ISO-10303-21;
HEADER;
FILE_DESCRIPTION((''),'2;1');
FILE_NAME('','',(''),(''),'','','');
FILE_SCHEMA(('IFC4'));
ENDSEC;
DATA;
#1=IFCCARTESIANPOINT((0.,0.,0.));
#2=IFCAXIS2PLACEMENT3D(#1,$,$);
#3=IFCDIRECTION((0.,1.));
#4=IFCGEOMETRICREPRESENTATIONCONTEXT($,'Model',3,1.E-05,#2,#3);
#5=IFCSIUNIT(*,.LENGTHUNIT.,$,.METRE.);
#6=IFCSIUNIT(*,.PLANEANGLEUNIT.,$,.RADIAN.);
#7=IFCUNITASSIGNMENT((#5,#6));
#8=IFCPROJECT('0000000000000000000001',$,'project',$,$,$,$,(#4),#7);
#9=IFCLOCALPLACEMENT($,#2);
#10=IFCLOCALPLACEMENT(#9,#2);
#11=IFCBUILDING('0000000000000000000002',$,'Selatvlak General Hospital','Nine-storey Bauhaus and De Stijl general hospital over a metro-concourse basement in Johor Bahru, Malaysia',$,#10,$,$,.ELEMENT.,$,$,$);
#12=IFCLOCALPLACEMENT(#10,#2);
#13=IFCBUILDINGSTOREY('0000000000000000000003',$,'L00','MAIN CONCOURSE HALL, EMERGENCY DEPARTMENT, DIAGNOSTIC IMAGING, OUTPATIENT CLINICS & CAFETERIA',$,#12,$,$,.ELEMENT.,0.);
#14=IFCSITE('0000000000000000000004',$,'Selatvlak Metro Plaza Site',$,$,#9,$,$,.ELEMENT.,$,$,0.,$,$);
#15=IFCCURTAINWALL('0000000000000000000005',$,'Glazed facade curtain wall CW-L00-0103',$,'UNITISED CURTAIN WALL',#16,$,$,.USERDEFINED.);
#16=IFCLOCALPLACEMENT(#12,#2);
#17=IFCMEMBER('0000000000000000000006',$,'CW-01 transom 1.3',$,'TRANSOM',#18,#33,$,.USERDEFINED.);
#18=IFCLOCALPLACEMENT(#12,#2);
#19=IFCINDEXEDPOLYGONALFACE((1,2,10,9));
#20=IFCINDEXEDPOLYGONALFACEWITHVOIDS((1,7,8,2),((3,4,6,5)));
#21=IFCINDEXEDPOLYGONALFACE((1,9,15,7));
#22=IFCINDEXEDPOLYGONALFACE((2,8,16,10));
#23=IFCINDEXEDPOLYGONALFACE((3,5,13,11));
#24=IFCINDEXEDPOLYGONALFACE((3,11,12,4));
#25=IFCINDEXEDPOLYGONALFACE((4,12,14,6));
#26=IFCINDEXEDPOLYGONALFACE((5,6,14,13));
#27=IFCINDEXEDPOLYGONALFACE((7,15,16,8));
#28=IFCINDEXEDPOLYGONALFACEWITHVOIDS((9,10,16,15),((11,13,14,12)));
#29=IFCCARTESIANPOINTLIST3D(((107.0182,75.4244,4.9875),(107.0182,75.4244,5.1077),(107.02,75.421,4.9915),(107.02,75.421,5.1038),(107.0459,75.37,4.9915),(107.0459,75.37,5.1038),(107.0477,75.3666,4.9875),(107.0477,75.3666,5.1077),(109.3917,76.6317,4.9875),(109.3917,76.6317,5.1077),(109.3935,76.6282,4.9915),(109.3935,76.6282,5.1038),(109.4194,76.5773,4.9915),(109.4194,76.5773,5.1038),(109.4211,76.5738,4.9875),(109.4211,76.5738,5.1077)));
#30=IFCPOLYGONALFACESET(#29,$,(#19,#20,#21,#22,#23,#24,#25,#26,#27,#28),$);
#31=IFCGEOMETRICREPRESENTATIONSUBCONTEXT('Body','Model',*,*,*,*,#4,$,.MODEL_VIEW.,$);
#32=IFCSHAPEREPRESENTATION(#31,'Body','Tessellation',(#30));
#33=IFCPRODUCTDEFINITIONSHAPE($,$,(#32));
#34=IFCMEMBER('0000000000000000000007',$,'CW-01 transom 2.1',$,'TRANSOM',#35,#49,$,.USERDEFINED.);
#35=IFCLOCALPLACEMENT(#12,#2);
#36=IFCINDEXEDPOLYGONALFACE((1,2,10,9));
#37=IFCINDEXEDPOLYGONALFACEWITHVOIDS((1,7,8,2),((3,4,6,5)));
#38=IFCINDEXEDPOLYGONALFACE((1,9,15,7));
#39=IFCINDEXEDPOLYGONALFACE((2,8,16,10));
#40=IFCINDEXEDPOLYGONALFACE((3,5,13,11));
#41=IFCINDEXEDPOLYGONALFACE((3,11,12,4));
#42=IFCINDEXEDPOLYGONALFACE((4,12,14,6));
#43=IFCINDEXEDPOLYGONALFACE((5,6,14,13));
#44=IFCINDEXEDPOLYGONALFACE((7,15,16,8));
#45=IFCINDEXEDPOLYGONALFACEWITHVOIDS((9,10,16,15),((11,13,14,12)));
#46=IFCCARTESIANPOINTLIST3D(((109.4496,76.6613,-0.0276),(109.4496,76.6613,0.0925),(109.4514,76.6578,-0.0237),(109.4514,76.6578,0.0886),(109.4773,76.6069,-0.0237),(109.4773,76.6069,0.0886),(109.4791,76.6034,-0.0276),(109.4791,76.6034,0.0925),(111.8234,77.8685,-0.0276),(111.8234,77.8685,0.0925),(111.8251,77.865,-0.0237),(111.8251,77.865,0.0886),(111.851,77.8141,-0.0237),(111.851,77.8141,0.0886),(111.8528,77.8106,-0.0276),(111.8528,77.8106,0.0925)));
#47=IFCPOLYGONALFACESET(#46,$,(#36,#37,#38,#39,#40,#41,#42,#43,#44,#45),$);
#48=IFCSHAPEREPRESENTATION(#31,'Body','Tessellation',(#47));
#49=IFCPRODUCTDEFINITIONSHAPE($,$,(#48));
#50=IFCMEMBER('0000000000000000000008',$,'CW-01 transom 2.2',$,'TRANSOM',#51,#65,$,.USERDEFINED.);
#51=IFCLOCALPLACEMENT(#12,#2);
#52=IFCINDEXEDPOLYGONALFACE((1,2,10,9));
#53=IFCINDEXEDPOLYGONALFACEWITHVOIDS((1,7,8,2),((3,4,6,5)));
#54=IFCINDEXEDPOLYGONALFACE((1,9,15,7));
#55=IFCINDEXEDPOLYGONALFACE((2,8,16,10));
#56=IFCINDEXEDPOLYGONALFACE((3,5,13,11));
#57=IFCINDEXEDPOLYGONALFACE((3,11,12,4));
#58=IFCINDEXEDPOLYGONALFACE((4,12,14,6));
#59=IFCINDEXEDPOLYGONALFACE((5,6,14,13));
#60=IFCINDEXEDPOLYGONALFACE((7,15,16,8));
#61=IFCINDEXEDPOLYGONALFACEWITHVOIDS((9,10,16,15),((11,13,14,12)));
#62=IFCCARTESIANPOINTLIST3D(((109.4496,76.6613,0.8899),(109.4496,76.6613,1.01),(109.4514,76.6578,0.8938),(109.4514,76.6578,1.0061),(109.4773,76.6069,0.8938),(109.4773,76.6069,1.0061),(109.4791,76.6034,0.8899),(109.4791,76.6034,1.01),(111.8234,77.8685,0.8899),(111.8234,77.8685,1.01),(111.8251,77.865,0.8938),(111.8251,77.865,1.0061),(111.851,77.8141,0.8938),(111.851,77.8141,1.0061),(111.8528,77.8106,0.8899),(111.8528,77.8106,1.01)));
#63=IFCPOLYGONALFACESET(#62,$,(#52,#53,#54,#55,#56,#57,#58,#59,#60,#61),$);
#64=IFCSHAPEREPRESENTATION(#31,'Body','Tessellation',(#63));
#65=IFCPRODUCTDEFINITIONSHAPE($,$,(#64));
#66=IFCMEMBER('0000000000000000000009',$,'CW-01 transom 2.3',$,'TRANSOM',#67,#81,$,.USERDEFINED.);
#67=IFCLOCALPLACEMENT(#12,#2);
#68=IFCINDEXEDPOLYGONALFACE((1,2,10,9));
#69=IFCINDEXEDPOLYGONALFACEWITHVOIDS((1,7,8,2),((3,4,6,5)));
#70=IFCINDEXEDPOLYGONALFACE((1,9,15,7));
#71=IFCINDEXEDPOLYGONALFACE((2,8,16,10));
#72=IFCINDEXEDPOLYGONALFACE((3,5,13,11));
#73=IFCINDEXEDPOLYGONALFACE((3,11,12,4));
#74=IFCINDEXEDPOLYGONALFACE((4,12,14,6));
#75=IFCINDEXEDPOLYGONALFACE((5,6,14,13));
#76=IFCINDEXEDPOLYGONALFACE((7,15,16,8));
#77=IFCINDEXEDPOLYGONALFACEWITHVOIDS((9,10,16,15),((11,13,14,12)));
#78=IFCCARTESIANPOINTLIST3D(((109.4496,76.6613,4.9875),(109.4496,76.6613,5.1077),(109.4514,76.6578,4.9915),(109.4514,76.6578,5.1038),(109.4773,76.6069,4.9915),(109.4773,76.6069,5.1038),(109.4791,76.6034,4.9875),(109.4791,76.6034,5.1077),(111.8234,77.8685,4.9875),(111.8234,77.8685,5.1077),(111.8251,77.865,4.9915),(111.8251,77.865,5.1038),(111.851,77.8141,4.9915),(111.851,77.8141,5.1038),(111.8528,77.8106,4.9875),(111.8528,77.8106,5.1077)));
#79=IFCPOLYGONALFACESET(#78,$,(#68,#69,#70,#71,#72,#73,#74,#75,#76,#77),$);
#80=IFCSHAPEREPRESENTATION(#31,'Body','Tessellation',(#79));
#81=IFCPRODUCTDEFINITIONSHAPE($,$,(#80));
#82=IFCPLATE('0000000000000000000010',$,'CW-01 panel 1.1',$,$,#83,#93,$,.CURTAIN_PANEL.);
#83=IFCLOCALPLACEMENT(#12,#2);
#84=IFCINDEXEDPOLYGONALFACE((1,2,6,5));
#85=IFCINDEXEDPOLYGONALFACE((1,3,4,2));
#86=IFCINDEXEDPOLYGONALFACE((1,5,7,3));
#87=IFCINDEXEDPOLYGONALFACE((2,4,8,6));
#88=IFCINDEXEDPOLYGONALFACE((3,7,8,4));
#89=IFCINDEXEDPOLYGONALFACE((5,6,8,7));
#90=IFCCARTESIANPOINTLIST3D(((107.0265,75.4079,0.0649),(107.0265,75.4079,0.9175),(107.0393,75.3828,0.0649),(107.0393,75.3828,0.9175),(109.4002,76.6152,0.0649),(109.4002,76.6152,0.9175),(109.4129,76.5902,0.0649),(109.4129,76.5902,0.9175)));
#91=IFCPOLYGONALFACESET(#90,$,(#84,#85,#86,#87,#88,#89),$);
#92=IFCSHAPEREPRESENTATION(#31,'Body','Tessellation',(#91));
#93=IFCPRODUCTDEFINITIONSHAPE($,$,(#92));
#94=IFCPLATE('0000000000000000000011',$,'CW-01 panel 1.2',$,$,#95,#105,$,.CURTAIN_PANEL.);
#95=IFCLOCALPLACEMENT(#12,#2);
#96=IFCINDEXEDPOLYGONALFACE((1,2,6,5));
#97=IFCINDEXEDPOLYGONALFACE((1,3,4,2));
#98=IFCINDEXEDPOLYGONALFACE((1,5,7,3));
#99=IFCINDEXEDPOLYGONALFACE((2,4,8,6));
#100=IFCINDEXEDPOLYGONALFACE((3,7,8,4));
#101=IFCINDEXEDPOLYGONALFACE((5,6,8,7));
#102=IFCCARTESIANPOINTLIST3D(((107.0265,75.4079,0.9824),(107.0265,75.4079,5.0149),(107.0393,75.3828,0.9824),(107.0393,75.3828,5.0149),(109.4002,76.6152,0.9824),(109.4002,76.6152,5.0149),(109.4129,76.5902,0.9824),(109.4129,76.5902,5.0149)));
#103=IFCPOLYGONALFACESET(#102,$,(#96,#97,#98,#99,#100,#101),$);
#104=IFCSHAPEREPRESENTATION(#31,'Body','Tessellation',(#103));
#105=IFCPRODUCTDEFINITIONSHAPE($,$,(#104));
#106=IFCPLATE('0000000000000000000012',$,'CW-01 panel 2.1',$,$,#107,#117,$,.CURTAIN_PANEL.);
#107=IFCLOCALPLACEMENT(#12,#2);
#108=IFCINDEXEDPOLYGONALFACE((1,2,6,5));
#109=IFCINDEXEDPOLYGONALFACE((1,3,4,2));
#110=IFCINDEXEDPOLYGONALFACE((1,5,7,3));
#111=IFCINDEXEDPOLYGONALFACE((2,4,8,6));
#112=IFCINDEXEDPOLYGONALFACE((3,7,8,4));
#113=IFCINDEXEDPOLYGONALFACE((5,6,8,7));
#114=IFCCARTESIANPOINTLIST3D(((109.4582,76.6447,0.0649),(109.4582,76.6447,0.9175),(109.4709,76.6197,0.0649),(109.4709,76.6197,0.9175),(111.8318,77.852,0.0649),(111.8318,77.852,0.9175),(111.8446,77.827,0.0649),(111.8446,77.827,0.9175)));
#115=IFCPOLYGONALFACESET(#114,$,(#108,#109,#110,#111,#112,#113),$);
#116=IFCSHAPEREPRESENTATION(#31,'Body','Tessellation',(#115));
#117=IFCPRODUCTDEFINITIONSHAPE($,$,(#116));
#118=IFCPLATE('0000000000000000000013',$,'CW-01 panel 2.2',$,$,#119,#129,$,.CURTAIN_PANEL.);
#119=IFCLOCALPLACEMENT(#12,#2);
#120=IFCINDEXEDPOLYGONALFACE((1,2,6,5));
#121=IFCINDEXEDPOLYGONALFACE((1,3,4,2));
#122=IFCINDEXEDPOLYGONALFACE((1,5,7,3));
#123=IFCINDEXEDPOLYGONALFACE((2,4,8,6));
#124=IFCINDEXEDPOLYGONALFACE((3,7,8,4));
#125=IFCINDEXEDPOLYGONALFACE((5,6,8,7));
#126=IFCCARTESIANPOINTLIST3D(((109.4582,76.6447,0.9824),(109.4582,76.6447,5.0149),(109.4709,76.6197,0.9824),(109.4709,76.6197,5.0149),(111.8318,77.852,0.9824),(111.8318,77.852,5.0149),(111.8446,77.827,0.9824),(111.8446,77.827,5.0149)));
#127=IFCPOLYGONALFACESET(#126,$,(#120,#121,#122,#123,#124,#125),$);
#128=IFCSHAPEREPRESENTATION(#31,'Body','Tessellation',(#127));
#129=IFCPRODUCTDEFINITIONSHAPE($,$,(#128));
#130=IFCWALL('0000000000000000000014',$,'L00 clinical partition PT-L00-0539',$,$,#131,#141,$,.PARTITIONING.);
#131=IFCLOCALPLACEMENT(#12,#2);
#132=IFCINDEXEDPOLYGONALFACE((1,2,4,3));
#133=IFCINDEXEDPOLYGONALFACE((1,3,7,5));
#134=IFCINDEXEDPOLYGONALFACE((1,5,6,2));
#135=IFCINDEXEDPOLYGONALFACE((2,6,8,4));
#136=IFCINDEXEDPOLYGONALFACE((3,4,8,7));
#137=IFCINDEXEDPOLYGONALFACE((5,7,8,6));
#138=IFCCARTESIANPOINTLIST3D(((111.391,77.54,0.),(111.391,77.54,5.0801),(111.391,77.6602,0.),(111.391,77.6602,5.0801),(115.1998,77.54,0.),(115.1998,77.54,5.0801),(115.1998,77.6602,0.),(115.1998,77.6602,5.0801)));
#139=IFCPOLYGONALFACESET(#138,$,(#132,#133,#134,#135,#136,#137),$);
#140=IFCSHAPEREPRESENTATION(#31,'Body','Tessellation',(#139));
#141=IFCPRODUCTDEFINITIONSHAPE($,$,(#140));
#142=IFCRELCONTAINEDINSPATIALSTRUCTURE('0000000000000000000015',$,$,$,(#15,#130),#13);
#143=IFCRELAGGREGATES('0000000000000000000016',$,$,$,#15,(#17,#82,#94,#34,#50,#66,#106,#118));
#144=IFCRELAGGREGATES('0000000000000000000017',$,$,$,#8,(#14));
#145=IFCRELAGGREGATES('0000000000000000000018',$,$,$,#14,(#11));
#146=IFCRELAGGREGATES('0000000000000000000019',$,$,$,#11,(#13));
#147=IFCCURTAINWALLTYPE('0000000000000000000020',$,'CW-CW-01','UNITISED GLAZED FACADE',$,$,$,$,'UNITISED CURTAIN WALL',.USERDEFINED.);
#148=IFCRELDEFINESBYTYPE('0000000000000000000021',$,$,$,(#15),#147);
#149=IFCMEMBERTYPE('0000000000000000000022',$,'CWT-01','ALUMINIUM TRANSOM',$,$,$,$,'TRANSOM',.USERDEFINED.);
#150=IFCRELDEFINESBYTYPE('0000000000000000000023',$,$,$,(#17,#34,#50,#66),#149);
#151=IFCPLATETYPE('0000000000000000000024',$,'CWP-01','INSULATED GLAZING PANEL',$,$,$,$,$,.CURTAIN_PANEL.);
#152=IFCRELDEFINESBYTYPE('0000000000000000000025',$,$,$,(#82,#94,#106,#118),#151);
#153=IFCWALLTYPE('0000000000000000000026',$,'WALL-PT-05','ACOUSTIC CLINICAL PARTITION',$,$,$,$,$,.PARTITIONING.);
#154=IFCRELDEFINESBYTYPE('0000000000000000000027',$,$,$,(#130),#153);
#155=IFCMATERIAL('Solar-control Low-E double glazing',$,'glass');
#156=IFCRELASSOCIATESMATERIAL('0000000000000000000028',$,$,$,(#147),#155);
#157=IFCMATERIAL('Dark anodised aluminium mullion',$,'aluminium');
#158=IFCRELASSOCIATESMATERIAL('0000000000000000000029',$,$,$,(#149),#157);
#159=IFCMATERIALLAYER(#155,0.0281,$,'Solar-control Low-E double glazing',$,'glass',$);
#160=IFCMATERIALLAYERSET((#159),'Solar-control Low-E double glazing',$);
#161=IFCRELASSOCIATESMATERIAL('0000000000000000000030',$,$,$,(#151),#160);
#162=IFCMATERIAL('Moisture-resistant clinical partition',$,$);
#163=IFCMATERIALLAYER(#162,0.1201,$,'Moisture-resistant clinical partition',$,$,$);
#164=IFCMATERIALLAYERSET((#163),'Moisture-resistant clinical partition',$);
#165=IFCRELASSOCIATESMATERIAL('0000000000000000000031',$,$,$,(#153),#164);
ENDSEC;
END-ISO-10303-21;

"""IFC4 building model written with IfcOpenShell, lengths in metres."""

from ifc_helpers import new_model, si_unit, direction, frame, frame_2d, origin, origin_2d, place, context, subcontext, project, spatial, rectangle, hollow_rectangle, extrude, material, layer, layer_set, material_profile, profile_set, type_object, element, aggregate, save


model = new_model("IFC4")

# Units and contexts
model_context = context("Model", 3, precision=1e-05, world=origin(), true_north=direction((0.0, 1.0)))
body_context = subcontext(model_context, "Body", "Model", "MODEL_VIEW")
ifc_project = project(units=[si_unit("LENGTHUNIT", "METRE"), si_unit("PLANEANGLEUNIT", "RADIAN")], contexts=[model_context])

# Site, building, storey
site_placement = place(None, origin())
site = spatial("IfcSite", under=ifc_project, at=site_placement, Name="Selatvlak Metro Plaza Site", CompositionType="ELEMENT", RefElevation=0.0)
building_placement = place(site_placement, origin())
building = spatial("IfcBuilding", under=site, at=building_placement, Name="Selatvlak General Hospital", Description="Nine-storey Bauhaus and De Stijl general hospital over a metro-concourse basement in Johor Bahru, Malaysia", CompositionType="ELEMENT")
storey_placement = place(building_placement, origin())
storey = spatial("IfcBuildingStorey", under=building, at=storey_placement, Name="L00", Description="MAIN CONCOURSE HALL, EMERGENCY DEPARTMENT, DIAGNOSTIC IMAGING, OUTPATIENT CLINICS & CAFETERIA", CompositionType="ELEMENT", Elevation=0.0)

# Shared definitions
ifc_material_1 = material(Name="Solar-control Low-E double glazing", Category="glass")
curtain_wall_type = type_object("IfcCurtainWallType", Name="CW-CW-01", Description="UNITISED GLAZED FACADE", ElementType="UNITISED CURTAIN WALL", PredefinedType="USERDEFINED", material=ifc_material_1)
ifc_material_2 = material(Name="Dark anodised aluminium mullion", Category="aluminium")

# Curtain wall, members, plates
curtain_wall_1_placement = place(storey_placement, origin())
curtain_wall_1 = element("IfcCurtainWall", 1, at=curtain_wall_1_placement, inside=storey, type_object=curtain_wall_type, Name="Glazed facade curtain wall CW-L00-0103", ObjectType="UNITISED CURTAIN WALL", PredefinedType="USERDEFINED")
ifc_material_profile_1 = material_profile(ifc_material_2, hollow_rectangle(XDim=0.0649, YDim=0.1201, WallThickness=0.0039, at=origin_2d()), Name="AL-TRN 65x120x4")
ifc_profile_set_1 = profile_set([ifc_material_profile_1], Name="Dark anodised aluminium mullion")
member_type_1 = type_object("IfcMemberType", Name="CWT-01", Description="ALUMINIUM TRANSOM", ElementType="TRANSOM", PredefinedType="USERDEFINED", material=ifc_profile_set_1)
member_1_placement = place(storey_placement, frame((107.033, 75.3955, 5.0476), z_axis=(0.891325, 0.453364, 0.0), x_axis=(-0.453364, 0.891325, 0.0)))
member_1 = element("IfcMember", 2, at=member_1_placement, type_object=member_type_1, Name="CW-01 transom 1.3", ObjectType="TRANSOM", PredefinedType="USERDEFINED", context=body_context, shape_type="SweptSolid", body=[
    extrude(hollow_rectangle(XDim=0.0649, YDim=0.1201, WallThickness=0.0039, at=origin_2d()), origin(), (0.0, 0.0, 1.0), 2.6628),
])
member_2_placement = place(storey_placement, frame((109.4644, 76.6323, 0.0325), z_axis=(0.891344, 0.453327, 0.0), x_axis=(-0.453327, 0.891344, 0.0)))
member_2 = element("IfcMember", 3, at=member_2_placement, type_object=member_type_1, Name="CW-01 transom 2.1", ObjectType="TRANSOM", PredefinedType="USERDEFINED", context=body_context, shape_type="SweptSolid", body=[
    extrude(hollow_rectangle(XDim=0.0649, YDim=0.1201, WallThickness=0.0039, at=origin_2d()), origin(), (0.0, 0.0, 1.0), 2.6631),
])
member_3_placement = place(storey_placement, frame((109.4644, 76.6323, 0.95), z_axis=(0.891344, 0.453327, 0.0), x_axis=(-0.453327, 0.891344, 0.0)))
member_3 = element("IfcMember", 4, at=member_3_placement, type_object=member_type_1, Name="CW-01 transom 2.2", ObjectType="TRANSOM", PredefinedType="USERDEFINED", context=body_context, shape_type="SweptSolid", body=[
    extrude(hollow_rectangle(XDim=0.0649, YDim=0.1201, WallThickness=0.0039, at=origin_2d()), origin(), (0.0, 0.0, 1.0), 2.6631),
])
member_4_placement = place(storey_placement, frame((109.4644, 76.6323, 5.0476), z_axis=(0.891344, 0.453327, 0.0), x_axis=(-0.453327, 0.891344, 0.0)))
member_4 = element("IfcMember", 5, at=member_4_placement, type_object=member_type_1, Name="CW-01 transom 2.3", ObjectType="TRANSOM", PredefinedType="USERDEFINED", context=body_context, shape_type="SweptSolid", body=[
    extrude(hollow_rectangle(XDim=0.0649, YDim=0.1201, WallThickness=0.0039, at=origin_2d()), origin(), (0.0, 0.0, 1.0), 2.6631),
])
ifc_layer_1 = layer(ifc_material_1, 0.0281, Name="Solar-control Low-E double glazing", Category="glass")
ifc_layer_set_1 = layer_set([ifc_layer_1], Name="Solar-control Low-E double glazing")
plate_type = type_object("IfcPlateType", Name="CWP-01", Description="INSULATED GLAZING PANEL", PredefinedType="CURTAIN_PANEL", material=ifc_layer_set_1)
plate_1_placement = place(storey_placement, frame((108.2197, 75.999, 0.0649), z_axis=(0.0, 0.0, 1.0), x_axis=(0.891327, 0.453361, 0.0)))
plate_1 = element("IfcPlate", 6, at=plate_1_placement, type_object=plate_type, Name="CW-01 panel 1.1", PredefinedType="CURTAIN_PANEL", context=body_context, shape_type="SweptSolid", body=[
    extrude(rectangle(XDim=2.6631, YDim=0.0281, at=origin_2d()), origin(), (0.0, 0.0, 1.0), 0.8525),
])
plate_2_placement = place(storey_placement, frame((108.2197, 75.999, 0.9824), z_axis=(0.0, 0.0, 1.0), x_axis=(0.891327, 0.453361, 0.0)))
plate_2 = element("IfcPlate", 7, at=plate_2_placement, type_object=plate_type, Name="CW-01 panel 1.2", PredefinedType="CURTAIN_PANEL", context=body_context, shape_type="SweptSolid", body=[
    extrude(rectangle(XDim=2.6631, YDim=0.0281, at=origin_2d()), origin(), (0.0, 0.0, 1.0), 4.0325),
])
plate_3_placement = place(storey_placement, frame((110.6514, 77.2358, 0.0649), z_axis=(0.0, 0.0, 1.0), x_axis=(0.891327, 0.453361, 0.0)))
plate_3 = element("IfcPlate", 8, at=plate_3_placement, type_object=plate_type, Name="CW-01 panel 2.1", PredefinedType="CURTAIN_PANEL", context=body_context, shape_type="SweptSolid", body=[
    extrude(rectangle(XDim=2.6631, YDim=0.0281, at=origin_2d()), origin(), (0.0, 0.0, 1.0), 0.8525),
])
plate_4_placement = place(storey_placement, frame((110.6514, 77.2358, 0.9824), z_axis=(0.0, 0.0, 1.0), x_axis=(0.891327, 0.453361, 0.0)))
plate_4 = element("IfcPlate", 9, at=plate_4_placement, type_object=plate_type, Name="CW-01 panel 2.2", PredefinedType="CURTAIN_PANEL", context=body_context, shape_type="SweptSolid", body=[
    extrude(rectangle(XDim=2.6631, YDim=0.0281, at=origin_2d()), origin(), (0.0, 0.0, 1.0), 4.0325),
])
aggregate(curtain_wall_1, [member_1, plate_1, plate_2, member_2, member_3, member_4, plate_3, plate_4])

# Wall
ifc_material_3 = material(Name="Moisture-resistant clinical partition")
ifc_layer_2 = layer(ifc_material_3, 0.1201, Name="Moisture-resistant clinical partition")
ifc_layer_set_2 = layer_set([ifc_layer_2], Name="Moisture-resistant clinical partition")
wall_type = type_object("IfcWallType", Name="WALL-PT-05", Description="ACOUSTIC CLINICAL PARTITION", PredefinedType="PARTITIONING", material=ifc_layer_set_2)
wall_placement = place(storey_placement, frame((111.3911, 77.6001, 0.0), z_axis=(0.0, 0.0, 1.0), x_axis=(1.0, 0.0, 0.0)))
element("IfcWall", 10, at=wall_placement, inside=storey, type_object=wall_type, Name="L00 clinical partition PT-L00-0539", PredefinedType="PARTITIONING", context=body_context, shape_type="SweptSolid", body=[
    extrude(rectangle(XDim=3.8088, YDim=0.1201, at=frame_2d((1.9043, 0.0))), origin(), (0.0, 0.0, 1.0), 5.0801),
])

save(model, "model.ifc")
